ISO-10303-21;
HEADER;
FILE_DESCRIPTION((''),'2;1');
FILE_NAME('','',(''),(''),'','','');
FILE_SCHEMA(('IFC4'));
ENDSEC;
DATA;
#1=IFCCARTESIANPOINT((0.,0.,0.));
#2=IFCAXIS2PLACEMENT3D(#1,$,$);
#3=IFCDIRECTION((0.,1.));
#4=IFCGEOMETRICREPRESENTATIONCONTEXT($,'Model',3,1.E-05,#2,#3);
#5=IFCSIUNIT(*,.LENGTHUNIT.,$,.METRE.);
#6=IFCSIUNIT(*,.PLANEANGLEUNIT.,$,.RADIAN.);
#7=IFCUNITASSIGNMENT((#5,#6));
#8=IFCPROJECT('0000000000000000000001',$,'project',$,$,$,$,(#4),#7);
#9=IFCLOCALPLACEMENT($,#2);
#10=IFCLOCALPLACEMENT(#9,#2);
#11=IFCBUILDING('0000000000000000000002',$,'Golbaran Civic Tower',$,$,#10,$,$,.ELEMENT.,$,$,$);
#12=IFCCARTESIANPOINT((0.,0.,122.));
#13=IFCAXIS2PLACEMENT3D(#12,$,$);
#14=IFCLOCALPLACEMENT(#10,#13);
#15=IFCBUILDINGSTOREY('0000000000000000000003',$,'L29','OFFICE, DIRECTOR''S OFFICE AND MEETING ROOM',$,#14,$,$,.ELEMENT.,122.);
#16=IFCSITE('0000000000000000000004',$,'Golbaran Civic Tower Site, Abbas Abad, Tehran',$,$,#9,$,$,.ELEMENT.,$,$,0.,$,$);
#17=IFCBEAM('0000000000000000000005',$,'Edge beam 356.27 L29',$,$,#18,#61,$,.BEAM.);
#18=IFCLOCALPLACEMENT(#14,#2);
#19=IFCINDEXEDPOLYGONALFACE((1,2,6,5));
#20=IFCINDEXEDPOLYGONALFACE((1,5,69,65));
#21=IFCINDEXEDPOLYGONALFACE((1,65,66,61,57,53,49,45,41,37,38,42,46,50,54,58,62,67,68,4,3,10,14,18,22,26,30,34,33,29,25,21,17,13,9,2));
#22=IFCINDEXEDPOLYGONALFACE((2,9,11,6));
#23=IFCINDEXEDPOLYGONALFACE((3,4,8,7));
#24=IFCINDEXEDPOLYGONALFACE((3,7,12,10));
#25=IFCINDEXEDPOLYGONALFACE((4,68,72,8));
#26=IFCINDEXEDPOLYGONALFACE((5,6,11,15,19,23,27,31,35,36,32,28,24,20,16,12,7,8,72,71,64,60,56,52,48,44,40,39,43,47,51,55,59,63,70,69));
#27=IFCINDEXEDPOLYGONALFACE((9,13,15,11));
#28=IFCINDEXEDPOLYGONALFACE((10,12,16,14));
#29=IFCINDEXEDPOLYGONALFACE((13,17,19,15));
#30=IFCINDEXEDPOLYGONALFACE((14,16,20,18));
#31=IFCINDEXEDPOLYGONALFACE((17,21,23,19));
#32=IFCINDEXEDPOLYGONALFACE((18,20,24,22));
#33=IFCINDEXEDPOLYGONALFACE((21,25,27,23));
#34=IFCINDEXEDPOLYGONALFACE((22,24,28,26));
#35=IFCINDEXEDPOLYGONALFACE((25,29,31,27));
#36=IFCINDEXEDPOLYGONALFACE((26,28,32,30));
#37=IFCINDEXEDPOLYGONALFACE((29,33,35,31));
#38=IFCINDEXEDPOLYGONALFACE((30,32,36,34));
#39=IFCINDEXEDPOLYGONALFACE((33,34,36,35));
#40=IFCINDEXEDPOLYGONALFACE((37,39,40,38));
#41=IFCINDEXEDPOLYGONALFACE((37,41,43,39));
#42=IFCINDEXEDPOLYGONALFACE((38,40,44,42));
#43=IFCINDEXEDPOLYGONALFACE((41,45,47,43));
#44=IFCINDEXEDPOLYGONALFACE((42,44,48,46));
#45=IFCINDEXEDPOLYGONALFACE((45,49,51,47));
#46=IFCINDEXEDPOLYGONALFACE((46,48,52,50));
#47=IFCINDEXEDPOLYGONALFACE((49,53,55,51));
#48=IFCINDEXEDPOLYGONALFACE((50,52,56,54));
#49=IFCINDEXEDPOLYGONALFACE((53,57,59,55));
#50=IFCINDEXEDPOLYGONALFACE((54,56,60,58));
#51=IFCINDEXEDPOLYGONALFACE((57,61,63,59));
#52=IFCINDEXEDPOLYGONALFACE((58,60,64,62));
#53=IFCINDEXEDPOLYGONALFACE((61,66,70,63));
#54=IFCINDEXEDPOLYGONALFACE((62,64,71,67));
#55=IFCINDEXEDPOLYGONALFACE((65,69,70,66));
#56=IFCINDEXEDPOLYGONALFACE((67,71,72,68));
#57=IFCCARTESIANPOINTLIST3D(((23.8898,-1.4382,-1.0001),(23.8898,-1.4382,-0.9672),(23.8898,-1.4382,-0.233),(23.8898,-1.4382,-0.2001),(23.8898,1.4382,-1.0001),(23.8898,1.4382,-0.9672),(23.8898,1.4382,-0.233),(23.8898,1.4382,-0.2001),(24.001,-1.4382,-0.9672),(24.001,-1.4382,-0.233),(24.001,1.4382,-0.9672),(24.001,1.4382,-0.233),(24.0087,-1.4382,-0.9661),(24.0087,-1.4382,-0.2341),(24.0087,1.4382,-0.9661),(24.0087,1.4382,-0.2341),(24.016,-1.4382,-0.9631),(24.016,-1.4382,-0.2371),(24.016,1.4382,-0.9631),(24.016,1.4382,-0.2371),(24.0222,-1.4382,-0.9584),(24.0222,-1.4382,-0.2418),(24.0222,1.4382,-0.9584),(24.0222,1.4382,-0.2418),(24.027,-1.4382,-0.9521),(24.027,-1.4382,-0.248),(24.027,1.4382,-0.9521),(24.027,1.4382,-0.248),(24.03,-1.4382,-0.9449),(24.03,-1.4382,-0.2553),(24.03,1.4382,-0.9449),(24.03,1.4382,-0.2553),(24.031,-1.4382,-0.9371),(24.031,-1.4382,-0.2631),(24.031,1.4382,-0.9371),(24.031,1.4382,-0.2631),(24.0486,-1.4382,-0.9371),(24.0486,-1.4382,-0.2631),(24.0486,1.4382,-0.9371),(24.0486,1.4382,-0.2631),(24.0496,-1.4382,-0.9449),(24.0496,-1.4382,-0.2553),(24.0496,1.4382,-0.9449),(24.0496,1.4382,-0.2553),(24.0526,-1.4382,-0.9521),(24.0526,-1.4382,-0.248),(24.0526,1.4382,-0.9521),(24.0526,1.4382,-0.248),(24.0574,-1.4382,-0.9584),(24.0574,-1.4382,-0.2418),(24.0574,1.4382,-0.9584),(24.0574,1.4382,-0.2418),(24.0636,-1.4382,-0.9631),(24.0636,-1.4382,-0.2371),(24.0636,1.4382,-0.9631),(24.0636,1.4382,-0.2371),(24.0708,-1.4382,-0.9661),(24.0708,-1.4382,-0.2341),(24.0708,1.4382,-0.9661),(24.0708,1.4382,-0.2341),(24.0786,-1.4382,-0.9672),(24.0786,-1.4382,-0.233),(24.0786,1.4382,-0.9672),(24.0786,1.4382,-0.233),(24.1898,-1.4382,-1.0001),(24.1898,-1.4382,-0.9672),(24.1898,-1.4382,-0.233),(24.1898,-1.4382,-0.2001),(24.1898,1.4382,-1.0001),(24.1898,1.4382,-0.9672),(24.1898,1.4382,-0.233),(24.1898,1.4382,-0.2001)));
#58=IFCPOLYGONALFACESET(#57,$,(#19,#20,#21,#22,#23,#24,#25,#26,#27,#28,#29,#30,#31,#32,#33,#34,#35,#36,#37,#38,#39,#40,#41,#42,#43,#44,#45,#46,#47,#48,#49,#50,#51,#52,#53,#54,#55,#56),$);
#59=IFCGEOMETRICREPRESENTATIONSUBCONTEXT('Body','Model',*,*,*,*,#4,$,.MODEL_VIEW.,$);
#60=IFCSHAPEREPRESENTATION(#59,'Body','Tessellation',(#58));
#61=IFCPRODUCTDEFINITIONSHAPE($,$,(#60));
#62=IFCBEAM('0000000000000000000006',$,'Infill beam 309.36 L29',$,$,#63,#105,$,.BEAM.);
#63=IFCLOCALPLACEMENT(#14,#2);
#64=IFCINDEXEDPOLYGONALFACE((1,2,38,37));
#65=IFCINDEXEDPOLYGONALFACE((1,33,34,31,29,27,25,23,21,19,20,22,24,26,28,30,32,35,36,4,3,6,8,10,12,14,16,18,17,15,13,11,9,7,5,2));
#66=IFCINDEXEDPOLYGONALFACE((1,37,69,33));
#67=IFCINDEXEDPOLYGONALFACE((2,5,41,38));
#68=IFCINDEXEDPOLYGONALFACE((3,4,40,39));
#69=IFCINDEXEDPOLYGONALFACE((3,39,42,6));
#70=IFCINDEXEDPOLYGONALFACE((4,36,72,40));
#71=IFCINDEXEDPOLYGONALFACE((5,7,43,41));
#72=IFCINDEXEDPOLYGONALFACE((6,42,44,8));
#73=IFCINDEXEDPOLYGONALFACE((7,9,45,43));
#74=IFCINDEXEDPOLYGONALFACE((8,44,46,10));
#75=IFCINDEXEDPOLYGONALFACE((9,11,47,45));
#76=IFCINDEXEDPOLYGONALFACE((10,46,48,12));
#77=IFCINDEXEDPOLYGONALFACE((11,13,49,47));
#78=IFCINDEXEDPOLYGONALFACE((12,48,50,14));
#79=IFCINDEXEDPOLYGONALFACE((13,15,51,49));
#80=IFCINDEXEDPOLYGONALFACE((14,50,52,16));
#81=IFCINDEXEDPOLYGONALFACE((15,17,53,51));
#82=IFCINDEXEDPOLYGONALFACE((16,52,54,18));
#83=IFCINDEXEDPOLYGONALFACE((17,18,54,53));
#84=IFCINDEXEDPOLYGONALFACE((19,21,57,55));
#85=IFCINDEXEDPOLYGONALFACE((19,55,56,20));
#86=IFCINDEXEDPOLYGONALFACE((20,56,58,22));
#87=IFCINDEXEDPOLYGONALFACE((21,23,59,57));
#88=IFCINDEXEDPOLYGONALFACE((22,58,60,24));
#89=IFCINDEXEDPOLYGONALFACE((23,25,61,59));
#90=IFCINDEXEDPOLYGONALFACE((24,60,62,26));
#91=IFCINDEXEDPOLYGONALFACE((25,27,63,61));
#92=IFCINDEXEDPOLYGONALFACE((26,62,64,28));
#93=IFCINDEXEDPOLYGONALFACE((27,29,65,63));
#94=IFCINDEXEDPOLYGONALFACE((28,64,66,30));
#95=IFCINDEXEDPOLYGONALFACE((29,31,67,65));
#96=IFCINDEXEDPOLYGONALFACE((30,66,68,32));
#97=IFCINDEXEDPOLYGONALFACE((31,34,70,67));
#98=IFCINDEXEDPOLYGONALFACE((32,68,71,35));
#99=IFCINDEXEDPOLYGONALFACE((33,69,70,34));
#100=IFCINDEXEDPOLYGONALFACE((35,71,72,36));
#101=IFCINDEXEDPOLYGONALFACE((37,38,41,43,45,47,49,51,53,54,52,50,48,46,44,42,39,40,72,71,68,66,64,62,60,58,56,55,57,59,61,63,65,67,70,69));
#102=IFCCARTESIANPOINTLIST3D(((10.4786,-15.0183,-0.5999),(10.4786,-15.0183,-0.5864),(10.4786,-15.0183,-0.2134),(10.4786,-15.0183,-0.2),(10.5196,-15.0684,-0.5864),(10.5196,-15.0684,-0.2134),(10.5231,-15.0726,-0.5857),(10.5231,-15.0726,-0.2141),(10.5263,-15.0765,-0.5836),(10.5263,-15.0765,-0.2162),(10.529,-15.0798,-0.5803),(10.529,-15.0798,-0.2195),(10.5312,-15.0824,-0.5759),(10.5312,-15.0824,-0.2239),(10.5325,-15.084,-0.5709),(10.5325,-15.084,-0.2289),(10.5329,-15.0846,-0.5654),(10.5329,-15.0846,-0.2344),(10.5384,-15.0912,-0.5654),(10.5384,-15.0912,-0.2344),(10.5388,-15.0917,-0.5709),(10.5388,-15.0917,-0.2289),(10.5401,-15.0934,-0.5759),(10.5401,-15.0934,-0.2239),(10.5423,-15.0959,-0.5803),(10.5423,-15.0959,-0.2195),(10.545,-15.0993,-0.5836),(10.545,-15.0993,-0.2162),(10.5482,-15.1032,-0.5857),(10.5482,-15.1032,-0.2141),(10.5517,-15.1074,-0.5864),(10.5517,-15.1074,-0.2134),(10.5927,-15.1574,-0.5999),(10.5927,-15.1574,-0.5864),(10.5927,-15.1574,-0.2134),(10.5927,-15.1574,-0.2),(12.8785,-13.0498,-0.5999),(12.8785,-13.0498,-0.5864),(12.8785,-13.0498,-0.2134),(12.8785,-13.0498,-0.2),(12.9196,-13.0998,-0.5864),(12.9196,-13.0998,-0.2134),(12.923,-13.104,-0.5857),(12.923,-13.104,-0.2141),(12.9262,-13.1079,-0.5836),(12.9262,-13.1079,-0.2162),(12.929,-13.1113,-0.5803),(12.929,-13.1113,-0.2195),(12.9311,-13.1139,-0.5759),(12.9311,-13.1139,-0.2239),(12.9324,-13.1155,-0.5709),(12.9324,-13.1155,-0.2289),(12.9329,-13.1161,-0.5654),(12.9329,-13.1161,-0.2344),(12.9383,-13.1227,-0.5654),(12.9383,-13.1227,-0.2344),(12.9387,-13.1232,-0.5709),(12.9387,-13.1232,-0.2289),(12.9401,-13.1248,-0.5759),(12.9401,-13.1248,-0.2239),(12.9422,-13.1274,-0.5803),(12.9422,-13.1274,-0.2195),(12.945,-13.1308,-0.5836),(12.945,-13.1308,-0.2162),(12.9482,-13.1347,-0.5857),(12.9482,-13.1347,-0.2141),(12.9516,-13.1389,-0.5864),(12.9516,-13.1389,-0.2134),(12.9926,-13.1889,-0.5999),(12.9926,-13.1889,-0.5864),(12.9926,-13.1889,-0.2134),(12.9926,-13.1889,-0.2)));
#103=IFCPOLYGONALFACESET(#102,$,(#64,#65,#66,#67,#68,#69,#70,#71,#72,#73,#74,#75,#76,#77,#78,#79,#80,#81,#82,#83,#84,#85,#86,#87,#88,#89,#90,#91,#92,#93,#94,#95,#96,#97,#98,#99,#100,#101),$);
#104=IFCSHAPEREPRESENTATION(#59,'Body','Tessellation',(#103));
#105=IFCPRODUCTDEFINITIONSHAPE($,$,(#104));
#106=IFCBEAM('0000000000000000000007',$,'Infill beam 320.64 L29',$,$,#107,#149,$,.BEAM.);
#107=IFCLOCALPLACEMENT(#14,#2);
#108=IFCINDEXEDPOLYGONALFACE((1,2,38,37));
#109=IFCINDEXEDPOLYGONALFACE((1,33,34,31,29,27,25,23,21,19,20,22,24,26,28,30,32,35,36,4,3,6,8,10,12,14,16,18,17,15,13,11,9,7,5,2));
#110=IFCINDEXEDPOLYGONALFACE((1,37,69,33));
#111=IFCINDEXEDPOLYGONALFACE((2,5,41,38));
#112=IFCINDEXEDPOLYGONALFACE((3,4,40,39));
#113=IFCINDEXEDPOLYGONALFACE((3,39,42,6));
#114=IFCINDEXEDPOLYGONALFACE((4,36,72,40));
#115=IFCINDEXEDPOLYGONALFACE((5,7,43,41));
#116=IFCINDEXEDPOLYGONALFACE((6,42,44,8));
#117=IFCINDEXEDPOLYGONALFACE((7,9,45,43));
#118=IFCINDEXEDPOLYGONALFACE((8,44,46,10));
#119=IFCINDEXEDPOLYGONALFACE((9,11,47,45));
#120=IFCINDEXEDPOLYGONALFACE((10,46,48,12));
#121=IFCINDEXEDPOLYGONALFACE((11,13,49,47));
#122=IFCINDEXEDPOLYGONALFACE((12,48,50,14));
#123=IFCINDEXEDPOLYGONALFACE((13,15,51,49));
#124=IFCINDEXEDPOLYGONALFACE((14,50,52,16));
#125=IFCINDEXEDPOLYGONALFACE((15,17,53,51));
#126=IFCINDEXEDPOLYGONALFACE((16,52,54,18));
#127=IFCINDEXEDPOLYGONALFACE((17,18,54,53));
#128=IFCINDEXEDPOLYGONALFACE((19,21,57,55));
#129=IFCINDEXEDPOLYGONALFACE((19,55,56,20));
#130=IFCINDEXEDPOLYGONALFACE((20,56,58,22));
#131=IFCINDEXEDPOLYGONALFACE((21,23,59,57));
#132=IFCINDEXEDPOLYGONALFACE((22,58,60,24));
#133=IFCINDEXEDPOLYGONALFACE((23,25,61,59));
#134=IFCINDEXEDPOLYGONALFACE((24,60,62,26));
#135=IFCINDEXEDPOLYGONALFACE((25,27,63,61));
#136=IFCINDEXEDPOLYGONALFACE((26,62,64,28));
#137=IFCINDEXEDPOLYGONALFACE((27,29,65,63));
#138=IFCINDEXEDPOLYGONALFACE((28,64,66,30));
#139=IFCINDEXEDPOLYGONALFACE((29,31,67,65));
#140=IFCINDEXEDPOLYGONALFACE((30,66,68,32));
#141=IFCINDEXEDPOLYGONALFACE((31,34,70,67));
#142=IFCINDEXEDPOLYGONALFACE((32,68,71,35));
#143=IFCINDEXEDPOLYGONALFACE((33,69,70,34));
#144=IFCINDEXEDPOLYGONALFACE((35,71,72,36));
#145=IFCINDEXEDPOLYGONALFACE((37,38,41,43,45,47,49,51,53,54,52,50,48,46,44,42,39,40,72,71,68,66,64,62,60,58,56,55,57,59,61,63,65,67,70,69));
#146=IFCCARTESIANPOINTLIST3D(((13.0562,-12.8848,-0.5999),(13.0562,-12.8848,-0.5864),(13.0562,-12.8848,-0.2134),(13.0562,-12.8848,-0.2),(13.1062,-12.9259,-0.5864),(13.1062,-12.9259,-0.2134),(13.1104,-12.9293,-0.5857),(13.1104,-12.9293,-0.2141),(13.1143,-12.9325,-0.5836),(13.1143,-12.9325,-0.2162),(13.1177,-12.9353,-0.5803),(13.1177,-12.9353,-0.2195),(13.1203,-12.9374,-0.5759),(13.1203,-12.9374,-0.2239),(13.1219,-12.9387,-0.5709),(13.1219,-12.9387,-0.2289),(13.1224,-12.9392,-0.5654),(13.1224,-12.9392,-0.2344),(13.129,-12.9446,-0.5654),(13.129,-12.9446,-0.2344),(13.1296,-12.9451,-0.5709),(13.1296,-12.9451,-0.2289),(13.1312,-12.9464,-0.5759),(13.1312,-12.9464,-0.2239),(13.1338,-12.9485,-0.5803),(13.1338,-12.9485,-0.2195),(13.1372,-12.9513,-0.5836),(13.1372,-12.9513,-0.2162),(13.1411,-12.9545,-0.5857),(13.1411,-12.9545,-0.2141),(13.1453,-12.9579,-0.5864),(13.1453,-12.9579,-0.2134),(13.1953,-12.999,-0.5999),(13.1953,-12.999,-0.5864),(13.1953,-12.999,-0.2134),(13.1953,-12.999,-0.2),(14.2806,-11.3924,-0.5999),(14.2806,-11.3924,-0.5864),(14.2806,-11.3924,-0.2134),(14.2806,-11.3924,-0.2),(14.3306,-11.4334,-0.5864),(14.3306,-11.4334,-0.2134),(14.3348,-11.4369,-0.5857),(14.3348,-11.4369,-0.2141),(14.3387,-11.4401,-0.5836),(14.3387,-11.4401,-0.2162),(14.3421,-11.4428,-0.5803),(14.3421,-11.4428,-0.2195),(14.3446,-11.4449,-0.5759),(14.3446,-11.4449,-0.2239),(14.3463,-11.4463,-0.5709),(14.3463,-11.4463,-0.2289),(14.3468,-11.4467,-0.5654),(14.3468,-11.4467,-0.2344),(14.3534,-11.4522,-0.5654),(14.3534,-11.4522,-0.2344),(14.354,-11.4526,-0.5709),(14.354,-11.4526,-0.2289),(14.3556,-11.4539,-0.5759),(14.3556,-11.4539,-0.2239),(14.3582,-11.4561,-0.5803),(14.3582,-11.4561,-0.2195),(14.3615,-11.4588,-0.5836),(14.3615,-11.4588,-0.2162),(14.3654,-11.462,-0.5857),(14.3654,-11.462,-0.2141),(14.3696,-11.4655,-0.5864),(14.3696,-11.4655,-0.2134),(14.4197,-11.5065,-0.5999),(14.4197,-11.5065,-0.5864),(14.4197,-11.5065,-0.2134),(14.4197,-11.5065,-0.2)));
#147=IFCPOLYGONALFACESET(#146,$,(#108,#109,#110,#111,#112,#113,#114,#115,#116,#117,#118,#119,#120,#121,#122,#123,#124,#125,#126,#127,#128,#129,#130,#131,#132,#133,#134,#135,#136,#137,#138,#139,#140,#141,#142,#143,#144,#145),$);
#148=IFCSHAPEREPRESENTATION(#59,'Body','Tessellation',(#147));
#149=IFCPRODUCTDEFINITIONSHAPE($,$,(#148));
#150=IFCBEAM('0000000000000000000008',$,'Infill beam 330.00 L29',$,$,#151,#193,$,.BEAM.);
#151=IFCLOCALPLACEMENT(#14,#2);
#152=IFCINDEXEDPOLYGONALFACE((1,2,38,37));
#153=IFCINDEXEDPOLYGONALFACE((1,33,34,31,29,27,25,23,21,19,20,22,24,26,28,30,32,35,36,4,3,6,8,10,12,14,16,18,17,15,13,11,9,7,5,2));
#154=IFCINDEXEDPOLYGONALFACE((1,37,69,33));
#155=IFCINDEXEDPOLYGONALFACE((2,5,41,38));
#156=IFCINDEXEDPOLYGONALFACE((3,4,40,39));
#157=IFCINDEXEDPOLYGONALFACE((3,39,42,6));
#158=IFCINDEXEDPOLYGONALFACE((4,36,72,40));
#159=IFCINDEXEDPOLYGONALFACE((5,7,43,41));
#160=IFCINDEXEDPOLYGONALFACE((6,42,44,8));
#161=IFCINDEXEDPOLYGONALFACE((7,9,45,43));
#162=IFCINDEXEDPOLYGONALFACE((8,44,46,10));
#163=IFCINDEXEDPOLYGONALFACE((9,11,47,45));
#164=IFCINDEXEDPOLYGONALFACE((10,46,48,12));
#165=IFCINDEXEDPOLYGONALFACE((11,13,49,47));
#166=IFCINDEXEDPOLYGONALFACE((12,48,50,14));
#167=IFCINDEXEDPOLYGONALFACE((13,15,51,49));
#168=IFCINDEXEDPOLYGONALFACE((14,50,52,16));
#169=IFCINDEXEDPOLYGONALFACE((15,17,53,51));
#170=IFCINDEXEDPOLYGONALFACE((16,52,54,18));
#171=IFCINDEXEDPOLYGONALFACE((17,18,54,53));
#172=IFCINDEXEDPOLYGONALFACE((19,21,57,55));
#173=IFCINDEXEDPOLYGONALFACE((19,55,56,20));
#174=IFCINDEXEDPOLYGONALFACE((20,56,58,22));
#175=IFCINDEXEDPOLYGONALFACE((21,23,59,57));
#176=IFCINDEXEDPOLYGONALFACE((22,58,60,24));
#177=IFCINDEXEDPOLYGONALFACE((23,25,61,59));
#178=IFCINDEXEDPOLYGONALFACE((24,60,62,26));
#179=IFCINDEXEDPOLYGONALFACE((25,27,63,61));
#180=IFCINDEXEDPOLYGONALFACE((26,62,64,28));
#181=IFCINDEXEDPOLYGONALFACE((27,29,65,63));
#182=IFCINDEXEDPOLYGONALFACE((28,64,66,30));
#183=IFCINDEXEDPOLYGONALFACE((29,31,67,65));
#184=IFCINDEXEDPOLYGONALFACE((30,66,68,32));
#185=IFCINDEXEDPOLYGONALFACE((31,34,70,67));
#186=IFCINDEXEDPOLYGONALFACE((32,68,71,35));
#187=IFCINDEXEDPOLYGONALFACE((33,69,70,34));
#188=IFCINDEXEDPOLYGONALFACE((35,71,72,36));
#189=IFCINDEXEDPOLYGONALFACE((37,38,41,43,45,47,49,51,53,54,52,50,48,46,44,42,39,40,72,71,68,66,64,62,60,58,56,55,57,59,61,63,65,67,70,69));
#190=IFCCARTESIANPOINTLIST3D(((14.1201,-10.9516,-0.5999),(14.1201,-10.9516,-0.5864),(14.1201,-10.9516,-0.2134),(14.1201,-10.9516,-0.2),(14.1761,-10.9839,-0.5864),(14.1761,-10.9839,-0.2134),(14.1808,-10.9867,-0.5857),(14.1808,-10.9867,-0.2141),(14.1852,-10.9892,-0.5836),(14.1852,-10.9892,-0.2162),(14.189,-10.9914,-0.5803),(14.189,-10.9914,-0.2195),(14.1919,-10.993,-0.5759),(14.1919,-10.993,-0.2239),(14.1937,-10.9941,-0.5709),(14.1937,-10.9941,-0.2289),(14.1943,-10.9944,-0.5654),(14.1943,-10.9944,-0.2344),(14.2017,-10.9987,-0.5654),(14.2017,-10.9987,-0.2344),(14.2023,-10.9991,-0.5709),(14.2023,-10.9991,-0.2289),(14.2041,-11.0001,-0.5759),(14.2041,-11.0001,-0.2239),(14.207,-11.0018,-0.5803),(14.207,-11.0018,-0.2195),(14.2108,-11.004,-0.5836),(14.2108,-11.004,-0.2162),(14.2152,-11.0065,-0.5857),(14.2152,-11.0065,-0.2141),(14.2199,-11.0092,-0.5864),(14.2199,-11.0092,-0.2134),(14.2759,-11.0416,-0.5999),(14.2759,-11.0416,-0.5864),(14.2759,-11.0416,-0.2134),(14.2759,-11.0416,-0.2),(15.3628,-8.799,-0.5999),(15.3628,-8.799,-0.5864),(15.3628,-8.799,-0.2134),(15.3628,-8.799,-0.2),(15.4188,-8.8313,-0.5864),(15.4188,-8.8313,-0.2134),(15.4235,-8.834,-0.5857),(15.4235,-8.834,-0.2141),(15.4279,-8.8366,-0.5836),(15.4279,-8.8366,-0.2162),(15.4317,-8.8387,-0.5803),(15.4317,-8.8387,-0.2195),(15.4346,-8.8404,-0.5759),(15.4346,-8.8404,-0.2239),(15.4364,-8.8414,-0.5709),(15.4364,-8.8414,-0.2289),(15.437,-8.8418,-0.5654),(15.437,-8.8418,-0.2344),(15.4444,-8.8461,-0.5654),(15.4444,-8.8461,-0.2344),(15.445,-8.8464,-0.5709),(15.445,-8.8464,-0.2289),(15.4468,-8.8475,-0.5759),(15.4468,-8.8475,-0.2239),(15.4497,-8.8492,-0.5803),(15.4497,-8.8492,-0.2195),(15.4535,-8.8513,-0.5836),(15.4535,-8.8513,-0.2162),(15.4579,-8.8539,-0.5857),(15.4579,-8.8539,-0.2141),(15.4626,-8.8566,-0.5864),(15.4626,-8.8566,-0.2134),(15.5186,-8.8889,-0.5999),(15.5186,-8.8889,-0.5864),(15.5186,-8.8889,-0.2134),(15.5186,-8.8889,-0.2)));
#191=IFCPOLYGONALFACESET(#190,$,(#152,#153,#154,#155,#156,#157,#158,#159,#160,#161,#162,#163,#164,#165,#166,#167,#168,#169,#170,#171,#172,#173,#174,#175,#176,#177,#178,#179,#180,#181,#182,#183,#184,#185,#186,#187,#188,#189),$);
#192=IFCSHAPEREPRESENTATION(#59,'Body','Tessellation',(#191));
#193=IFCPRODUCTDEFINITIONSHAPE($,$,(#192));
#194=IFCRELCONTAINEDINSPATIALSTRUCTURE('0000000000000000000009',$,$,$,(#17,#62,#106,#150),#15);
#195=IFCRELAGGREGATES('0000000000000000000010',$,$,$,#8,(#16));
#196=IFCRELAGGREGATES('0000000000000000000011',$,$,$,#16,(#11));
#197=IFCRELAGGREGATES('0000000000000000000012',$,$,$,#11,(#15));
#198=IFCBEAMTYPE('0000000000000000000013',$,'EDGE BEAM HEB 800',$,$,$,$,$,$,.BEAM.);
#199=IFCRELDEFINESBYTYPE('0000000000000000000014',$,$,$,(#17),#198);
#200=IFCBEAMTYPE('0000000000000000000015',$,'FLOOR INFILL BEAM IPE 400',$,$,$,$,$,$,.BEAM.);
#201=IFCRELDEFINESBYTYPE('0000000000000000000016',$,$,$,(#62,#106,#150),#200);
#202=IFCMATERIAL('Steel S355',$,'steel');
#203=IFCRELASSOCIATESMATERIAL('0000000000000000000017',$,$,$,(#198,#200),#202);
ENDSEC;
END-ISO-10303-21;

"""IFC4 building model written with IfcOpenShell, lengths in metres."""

from ifc_helpers import new_model, si_unit, direction, frame, origin, origin_2d, place, context, subcontext, project, spatial, i_section, extrude, material, material_profile, profile_set, type_object, element, save


model = new_model("IFC4")

# Units and contexts
model_context = context("Model", 3, precision=1e-05, world=origin(), true_north=direction((0.0, 1.0)))
body_context = subcontext(model_context, "Body", "Model", "MODEL_VIEW")
ifc_project = project(units=[si_unit("LENGTHUNIT", "METRE"), si_unit("PLANEANGLEUNIT", "RADIAN")], contexts=[model_context])

# Site, building, storey
site_placement = place(None, origin())
site = spatial("IfcSite", under=ifc_project, at=site_placement, Name="Golbaran Civic Tower Site, Abbas Abad, Tehran", CompositionType="ELEMENT", RefElevation=0.0)
building_placement = place(site_placement, origin())
building = spatial("IfcBuilding", under=site, at=building_placement, Name="Golbaran Civic Tower", CompositionType="ELEMENT")
storey_placement = place(building_placement, frame((0.0, 0.0, 122.0)))
storey = spatial("IfcBuildingStorey", under=building, at=storey_placement, Name="L29", Description="OFFICE, DIRECTOR'S OFFICE AND MEETING ROOM", CompositionType="ELEMENT", Elevation=122.0)

# Beams
ifc_material_1 = material(Name="Steel S355", Category="steel")
ifc_material_profile_1 = material_profile(ifc_material_1, i_section(OverallWidth=0.3, OverallDepth=0.8, WebThickness=0.0176, FlangeThickness=0.033, FilletRadius=0.03, at=origin_2d()), Name="HEB 800")
ifc_profile_set_1 = profile_set([ifc_material_profile_1], Name="Steel S355")
beam_type_1 = type_object("IfcBeamType", Name="EDGE BEAM HEB 800", PredefinedType="BEAM", material=ifc_profile_set_1)
beam_1_placement = place(storey_placement, frame((24.0398, -1.4382, -0.6001), z_axis=(0.0, 1.0, 0.0), x_axis=(-1.0, 0.0, 0.0)))
element("IfcBeam", 1, at=beam_1_placement, inside=storey, type_object=beam_type_1, Name="Edge beam 356.27 L29", PredefinedType="BEAM", context=body_context, shape_type="SweptSolid", body=[
    extrude(i_section(OverallWidth=0.3, OverallDepth=0.8, WebThickness=0.0176, FlangeThickness=0.033, FilletRadius=0.03, at=origin_2d()), origin(), (0.0, 0.0, 1.0), 2.8765),
])
ifc_material_profile_2 = material_profile(ifc_material_1, i_section(OverallWidth=0.1799, OverallDepth=0.3999, WebThickness=0.0085, FlangeThickness=0.0134, FilletRadius=0.021, at=origin_2d()), Name="IPE 400")
ifc_profile_set_2 = profile_set([ifc_material_profile_2], Name="Steel S355")
beam_type_2 = type_object("IfcBeamType", Name="FLOOR INFILL BEAM IPE 400", PredefinedType="BEAM", material=ifc_profile_set_2)
beam_2_placement = place(storey_placement, frame((10.5356, -15.0879, -0.3999), z_axis=(0.773175, 0.634192, 0.0), x_axis=(-0.634192, 0.773175, 0.0)))
element("IfcBeam", 2, at=beam_2_placement, inside=storey, type_object=beam_type_2, Name="Infill beam 309.36 L29", PredefinedType="BEAM", context=body_context, shape_type="SweptSolid", body=[
    extrude(i_section(OverallWidth=0.1799, OverallDepth=0.3999, WebThickness=0.0085, FlangeThickness=0.0134, FilletRadius=0.021, at=origin_2d()), origin(), (0.0, 0.0, 1.0), 3.104),
])
beam_3_placement = place(storey_placement, frame((13.1257, -12.9419, -0.3999), z_axis=(0.634257, 0.773123, 0.0), x_axis=(-0.773123, 0.634257, 0.0)))
element("IfcBeam", 3, at=beam_3_placement, inside=storey, type_object=beam_type_2, Name="Infill beam 320.64 L29", PredefinedType="BEAM", context=body_context, shape_type="SweptSolid", body=[
    extrude(i_section(OverallWidth=0.1799, OverallDepth=0.3999, WebThickness=0.0085, FlangeThickness=0.0134, FilletRadius=0.021, at=origin_2d()), origin(), (0.0, 0.0, 1.0), 1.9304),
])
beam_4_placement = place(storey_placement, frame((14.198, -10.9966, -0.3999), z_axis=(0.499963, 0.866047, 0.0), x_axis=(-0.866047, 0.499963, 0.0)))
element("IfcBeam", 4, at=beam_4_placement, inside=storey, type_object=beam_type_2, Name="Infill beam 330.00 L29", PredefinedType="BEAM", context=body_context, shape_type="SweptSolid", body=[
    extrude(i_section(OverallWidth=0.1799, OverallDepth=0.3999, WebThickness=0.0085, FlangeThickness=0.0134, FilletRadius=0.021, at=origin_2d()), origin(), (0.0, 0.0, 1.0), 2.4856),
])

save(model, "model.ifc")
